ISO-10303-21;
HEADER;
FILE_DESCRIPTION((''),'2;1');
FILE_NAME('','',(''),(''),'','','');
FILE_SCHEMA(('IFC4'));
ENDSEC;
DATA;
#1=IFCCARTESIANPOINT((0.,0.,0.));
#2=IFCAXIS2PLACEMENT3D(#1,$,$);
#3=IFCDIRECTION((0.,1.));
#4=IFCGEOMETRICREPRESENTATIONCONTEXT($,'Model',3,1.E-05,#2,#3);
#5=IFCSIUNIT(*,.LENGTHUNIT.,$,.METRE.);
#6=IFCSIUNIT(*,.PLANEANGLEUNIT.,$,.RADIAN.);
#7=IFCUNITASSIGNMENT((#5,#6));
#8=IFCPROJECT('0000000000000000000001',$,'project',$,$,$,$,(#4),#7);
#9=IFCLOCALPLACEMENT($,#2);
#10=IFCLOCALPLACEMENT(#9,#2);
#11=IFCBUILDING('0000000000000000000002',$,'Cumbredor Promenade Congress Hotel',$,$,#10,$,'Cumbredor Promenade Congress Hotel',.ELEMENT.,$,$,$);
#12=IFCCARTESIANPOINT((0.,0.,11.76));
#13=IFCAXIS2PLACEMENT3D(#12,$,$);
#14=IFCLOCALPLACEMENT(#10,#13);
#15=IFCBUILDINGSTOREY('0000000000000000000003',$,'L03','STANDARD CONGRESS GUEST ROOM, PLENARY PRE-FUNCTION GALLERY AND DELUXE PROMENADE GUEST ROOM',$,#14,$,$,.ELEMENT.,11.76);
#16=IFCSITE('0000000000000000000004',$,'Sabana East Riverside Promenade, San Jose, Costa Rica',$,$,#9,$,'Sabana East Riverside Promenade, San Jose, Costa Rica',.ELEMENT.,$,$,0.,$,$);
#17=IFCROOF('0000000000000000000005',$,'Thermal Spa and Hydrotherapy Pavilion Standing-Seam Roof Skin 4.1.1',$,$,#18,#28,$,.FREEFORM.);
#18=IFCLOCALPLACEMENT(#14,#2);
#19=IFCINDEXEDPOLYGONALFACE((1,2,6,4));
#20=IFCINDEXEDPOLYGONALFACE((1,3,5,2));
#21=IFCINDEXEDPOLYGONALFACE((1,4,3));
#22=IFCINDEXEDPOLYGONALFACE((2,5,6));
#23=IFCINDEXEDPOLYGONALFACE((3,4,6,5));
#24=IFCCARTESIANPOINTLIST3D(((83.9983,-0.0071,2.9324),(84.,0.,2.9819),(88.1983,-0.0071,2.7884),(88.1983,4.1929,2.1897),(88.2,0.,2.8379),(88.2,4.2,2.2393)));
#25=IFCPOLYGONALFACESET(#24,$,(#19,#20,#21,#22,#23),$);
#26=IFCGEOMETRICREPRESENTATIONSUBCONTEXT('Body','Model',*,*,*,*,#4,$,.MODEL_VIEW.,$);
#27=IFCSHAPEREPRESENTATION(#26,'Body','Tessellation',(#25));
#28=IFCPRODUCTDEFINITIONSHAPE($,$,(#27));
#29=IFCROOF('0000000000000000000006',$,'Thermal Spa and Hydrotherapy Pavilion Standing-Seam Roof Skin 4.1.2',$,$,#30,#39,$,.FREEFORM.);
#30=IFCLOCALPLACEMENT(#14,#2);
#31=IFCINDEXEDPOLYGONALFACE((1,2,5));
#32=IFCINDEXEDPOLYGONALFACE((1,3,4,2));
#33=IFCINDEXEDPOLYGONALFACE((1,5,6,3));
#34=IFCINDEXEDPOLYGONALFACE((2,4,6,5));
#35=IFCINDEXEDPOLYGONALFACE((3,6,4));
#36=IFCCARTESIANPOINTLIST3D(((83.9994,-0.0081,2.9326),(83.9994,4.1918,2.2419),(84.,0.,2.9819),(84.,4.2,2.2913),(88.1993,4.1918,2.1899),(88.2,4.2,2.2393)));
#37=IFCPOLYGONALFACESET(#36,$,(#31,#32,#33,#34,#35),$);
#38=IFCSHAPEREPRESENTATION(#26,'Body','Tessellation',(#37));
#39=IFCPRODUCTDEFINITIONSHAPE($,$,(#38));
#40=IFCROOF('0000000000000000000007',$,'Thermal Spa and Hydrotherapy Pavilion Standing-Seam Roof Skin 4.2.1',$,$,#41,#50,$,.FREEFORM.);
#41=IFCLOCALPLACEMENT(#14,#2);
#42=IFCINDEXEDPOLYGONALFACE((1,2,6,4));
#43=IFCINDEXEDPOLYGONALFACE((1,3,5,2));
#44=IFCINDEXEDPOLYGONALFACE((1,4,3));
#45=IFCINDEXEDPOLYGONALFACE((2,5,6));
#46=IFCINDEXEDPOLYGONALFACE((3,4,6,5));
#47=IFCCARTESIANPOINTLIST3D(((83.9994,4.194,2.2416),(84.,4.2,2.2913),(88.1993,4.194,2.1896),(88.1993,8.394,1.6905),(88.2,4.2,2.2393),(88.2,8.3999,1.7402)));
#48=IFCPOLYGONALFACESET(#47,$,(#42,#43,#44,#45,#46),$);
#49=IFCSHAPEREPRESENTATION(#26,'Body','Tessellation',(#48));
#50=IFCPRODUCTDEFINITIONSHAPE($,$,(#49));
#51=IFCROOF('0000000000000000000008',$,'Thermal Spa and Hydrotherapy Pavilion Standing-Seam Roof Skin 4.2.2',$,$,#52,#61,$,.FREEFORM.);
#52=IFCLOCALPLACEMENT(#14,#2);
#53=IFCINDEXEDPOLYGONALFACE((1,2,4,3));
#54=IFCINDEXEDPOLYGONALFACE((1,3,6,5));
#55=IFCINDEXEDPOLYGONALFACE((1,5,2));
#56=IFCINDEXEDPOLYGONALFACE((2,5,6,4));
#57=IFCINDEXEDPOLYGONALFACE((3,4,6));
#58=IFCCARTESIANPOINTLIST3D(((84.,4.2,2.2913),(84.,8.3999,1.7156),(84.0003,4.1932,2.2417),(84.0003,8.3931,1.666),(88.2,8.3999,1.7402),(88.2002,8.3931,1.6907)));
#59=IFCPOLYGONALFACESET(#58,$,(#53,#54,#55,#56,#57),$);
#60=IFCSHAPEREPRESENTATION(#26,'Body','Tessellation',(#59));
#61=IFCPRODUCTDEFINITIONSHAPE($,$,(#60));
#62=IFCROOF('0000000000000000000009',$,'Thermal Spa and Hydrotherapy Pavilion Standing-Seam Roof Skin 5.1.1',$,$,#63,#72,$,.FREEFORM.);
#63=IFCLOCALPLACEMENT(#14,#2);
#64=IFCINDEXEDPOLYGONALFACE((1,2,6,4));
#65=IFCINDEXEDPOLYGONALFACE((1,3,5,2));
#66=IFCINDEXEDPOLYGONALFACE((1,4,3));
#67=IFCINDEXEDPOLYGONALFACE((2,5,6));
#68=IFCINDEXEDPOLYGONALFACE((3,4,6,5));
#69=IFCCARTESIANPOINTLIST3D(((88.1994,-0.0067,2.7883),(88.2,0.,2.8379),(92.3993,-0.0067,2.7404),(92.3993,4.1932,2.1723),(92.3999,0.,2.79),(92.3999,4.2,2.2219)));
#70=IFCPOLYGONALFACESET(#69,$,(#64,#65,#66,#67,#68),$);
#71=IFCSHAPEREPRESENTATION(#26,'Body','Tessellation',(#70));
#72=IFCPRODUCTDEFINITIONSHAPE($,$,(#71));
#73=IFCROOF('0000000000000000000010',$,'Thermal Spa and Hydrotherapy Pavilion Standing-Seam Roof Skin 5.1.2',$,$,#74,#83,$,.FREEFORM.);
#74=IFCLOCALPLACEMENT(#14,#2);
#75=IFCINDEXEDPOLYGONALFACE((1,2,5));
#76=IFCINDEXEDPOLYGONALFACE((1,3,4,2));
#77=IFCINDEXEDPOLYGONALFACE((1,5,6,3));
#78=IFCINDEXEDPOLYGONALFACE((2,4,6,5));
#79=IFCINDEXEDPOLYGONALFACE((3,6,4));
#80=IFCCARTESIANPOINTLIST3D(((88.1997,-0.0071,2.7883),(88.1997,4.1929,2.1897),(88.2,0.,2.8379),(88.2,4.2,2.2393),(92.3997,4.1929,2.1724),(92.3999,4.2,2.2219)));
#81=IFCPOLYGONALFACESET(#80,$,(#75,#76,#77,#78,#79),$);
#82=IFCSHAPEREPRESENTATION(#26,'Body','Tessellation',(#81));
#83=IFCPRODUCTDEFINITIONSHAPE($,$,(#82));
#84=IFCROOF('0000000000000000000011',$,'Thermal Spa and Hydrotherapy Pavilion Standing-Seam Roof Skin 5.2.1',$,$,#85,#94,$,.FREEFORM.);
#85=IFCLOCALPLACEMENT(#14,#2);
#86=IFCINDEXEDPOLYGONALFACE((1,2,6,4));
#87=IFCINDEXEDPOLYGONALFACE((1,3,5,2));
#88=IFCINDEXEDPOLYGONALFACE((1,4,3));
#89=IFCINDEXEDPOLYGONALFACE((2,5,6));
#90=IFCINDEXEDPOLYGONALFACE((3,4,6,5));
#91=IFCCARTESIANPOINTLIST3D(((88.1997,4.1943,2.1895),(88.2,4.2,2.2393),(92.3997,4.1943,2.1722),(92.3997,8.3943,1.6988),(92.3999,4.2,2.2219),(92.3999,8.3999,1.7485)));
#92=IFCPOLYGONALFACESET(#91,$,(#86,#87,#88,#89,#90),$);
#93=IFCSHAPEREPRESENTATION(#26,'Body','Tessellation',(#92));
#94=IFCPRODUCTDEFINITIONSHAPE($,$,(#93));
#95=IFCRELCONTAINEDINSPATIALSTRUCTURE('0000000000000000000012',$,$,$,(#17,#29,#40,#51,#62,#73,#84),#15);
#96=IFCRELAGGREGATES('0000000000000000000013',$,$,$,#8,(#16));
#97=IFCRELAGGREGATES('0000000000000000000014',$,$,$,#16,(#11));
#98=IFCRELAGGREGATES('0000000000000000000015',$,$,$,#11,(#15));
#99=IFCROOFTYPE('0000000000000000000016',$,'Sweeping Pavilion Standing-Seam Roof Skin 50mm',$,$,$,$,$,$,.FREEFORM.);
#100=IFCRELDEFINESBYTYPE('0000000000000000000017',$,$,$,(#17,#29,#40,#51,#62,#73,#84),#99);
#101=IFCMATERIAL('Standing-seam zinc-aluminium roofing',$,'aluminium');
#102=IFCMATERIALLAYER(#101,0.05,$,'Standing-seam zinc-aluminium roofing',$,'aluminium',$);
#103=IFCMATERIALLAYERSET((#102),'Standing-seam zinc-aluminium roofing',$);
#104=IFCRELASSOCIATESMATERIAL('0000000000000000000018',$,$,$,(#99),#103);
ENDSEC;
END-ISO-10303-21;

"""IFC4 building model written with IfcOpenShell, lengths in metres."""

from ifc_helpers import new_model, si_unit, direction, frame, origin, place, context, subcontext, project, spatial, polyline, outline, extrude, material, layer, layer_set, type_object, element, save


model = new_model("IFC4")

# Units and contexts
model_context = context("Model", 3, precision=1e-05, world=origin(), true_north=direction((0.0, 1.0)))
body_context = subcontext(model_context, "Body", "Model", "MODEL_VIEW")
ifc_project = project(units=[si_unit("LENGTHUNIT", "METRE"), si_unit("PLANEANGLEUNIT", "RADIAN")], contexts=[model_context])

# Site, building, storey
site_placement = place(None, origin())
site = spatial("IfcSite", under=ifc_project, at=site_placement, Name="Sabana East Riverside Promenade, San Jose, Costa Rica", LongName="Sabana East Riverside Promenade, San Jose, Costa Rica", CompositionType="ELEMENT", RefElevation=0.0)
building_placement = place(site_placement, origin())
building = spatial("IfcBuilding", under=site, at=building_placement, Name="Cumbredor Promenade Congress Hotel", LongName="Cumbredor Promenade Congress Hotel", CompositionType="ELEMENT")
storey_placement = place(building_placement, frame((0.0, 0.0, 11.76)))
storey = spatial("IfcBuildingStorey", under=building, at=storey_placement, Name="L03", Description="STANDARD CONGRESS GUEST ROOM, PLENARY PRE-FUNCTION GALLERY AND DELUXE PROMENADE GUEST ROOM", CompositionType="ELEMENT", Elevation=11.76)

# Roofs
ifc_material_1 = material(Name="Standing-seam zinc-aluminium roofing", Category="aluminium")
ifc_layer_1 = layer(ifc_material_1, 0.05, Name="Standing-seam zinc-aluminium roofing", Category="aluminium")
ifc_layer_set_1 = layer_set([ifc_layer_1], Name="Standing-seam zinc-aluminium roofing")
roof_type = type_object("IfcRoofType", Name="Sweeping Pavilion Standing-Seam Roof Skin 50mm", PredefinedType="FREEFORM", material=ifc_layer_set_1)
roof_1_placement = place(storey_placement, frame((84.0, 0.0, 2.9819), z_axis=(0.033934, 0.141026, 0.989424), x_axis=(0.999412, 0.0, -0.034276)))
element("IfcRoof", 1, at=roof_1_placement, inside=storey, type_object=roof_type, Name="Thermal Spa and Hydrotherapy Pavilion Standing-Seam Roof Skin 4.1.1", PredefinedType="FREEFORM", context=body_context, shape_type="SweptSolid", body=[
    extrude(outline(polyline([(0.0, 0.0), (4.2024, 0.0), (4.2229, 4.2423), (0.0, 0.0)])), origin(), (0.0, 0.0, -1.0), 0.05),
])
roof_2_placement = place(storey_placement, frame((84.0, 0.0, 2.9819), z_axis=(0.012217, 0.162256, 0.986673), x_axis=(0.701643, 0.701643, -0.124071)))
element("IfcRoof", 2, at=roof_2_placement, inside=storey, type_object=roof_type, Name="Thermal Spa and Hydrotherapy Pavilion Standing-Seam Roof Skin 4.1.2", PredefinedType="FREEFORM", context=body_context, shape_type="SweptSolid", body=[
    extrude(outline(polyline([(0.0, 0.0), (5.9859, 0.0), (3.0326, 2.9867), (0.0, 0.0)])), origin(), (0.0, 0.0, -1.0), 0.05),
])
roof_3_placement = place(storey_placement, frame((84.0, 4.2, 2.2913), z_axis=(0.012294, 0.117978, 0.99294), x_axis=(0.999923, 0.0, -0.012381)))
element("IfcRoof", 3, at=roof_3_placement, inside=storey, type_object=roof_type, Name="Thermal Spa and Hydrotherapy Pavilion Standing-Seam Roof Skin 4.2.1", PredefinedType="FREEFORM", context=body_context, shape_type="SweptSolid", body=[
    extrude(outline(polyline([(0.0, 0.0), (4.2003, 0.0), (4.2065, 4.2295), (0.0, 0.0)])), origin(), (0.0, 0.0, -1.0), 0.05),
])
roof_4_placement = place(storey_placement, frame((84.0, 4.2, 2.2913), z_axis=(-0.005817, 0.135797, 0.99072), x_axis=(0.704083, 0.704083, -0.092374)))
element("IfcRoof", 4, at=roof_4_placement, inside=storey, type_object=roof_type, Name="Thermal Spa and Hydrotherapy Pavilion Standing-Seam Roof Skin 4.2.2", PredefinedType="FREEFORM", context=body_context, shape_type="SweptSolid", body=[
    extrude(outline(polyline([(0.0, 0.0), (5.9651, 0.0), (3.0103, 2.9848), (0.0, 0.0)])), origin(), (0.0, 0.0, -1.0), 0.05),
])
roof_5_placement = place(storey_placement, frame((88.2, 0.0, 2.8379), z_axis=(0.01129, 0.134038, 0.990912), x_axis=(0.999935, 0.0, -0.011393)))
element("IfcRoof", 5, at=roof_5_placement, inside=storey, type_object=roof_type, Name="Thermal Spa and Hydrotherapy Pavilion Standing-Seam Roof Skin 5.1.1", PredefinedType="FREEFORM", context=body_context, shape_type="SweptSolid", body=[
    extrude(outline(polyline([(0.0, 0.0), (4.2002, 0.0), (4.2067, 4.2382), (0.0, 0.0)])), origin(), (0.0, 0.0, -1.0), 0.05),
])
roof_6_placement = place(storey_placement, frame((88.2, 0.0, 2.8379), z_axis=(0.004086, 0.141106, 0.989986), x_axis=(0.703335, 0.703335, -0.103151)))
element("IfcRoof", 6, at=roof_6_placement, inside=storey, type_object=roof_type, Name="Thermal Spa and Hydrotherapy Pavilion Standing-Seam Roof Skin 5.1.2", PredefinedType="FREEFORM", context=body_context, shape_type="SweptSolid", body=[
    extrude(outline(polyline([(0.0, 0.0), (5.9715, 0.0), (3.0157, 2.9839), (0.0, 0.0)])), origin(), (0.0, 0.0, -1.0), 0.05),
])
roof_7_placement = place(storey_placement, frame((88.2, 4.2, 2.2393), z_axis=(0.004101, 0.112003, 0.993699), x_axis=(0.999991, 0.0, -0.004127)))
element("IfcRoof", 7, at=roof_7_placement, inside=storey, type_object=roof_type, Name="Thermal Spa and Hydrotherapy Pavilion Standing-Seam Roof Skin 5.2.1", PredefinedType="FREEFORM", context=body_context, shape_type="SweptSolid", body=[
    extrude(outline(polyline([(0.0, 0.0), (4.2, 0.0), (4.2019, 4.2265), (0.0, 0.0)])), origin(), (0.0, 0.0, -1.0), 0.05),
])

save(model, "model.ifc")
